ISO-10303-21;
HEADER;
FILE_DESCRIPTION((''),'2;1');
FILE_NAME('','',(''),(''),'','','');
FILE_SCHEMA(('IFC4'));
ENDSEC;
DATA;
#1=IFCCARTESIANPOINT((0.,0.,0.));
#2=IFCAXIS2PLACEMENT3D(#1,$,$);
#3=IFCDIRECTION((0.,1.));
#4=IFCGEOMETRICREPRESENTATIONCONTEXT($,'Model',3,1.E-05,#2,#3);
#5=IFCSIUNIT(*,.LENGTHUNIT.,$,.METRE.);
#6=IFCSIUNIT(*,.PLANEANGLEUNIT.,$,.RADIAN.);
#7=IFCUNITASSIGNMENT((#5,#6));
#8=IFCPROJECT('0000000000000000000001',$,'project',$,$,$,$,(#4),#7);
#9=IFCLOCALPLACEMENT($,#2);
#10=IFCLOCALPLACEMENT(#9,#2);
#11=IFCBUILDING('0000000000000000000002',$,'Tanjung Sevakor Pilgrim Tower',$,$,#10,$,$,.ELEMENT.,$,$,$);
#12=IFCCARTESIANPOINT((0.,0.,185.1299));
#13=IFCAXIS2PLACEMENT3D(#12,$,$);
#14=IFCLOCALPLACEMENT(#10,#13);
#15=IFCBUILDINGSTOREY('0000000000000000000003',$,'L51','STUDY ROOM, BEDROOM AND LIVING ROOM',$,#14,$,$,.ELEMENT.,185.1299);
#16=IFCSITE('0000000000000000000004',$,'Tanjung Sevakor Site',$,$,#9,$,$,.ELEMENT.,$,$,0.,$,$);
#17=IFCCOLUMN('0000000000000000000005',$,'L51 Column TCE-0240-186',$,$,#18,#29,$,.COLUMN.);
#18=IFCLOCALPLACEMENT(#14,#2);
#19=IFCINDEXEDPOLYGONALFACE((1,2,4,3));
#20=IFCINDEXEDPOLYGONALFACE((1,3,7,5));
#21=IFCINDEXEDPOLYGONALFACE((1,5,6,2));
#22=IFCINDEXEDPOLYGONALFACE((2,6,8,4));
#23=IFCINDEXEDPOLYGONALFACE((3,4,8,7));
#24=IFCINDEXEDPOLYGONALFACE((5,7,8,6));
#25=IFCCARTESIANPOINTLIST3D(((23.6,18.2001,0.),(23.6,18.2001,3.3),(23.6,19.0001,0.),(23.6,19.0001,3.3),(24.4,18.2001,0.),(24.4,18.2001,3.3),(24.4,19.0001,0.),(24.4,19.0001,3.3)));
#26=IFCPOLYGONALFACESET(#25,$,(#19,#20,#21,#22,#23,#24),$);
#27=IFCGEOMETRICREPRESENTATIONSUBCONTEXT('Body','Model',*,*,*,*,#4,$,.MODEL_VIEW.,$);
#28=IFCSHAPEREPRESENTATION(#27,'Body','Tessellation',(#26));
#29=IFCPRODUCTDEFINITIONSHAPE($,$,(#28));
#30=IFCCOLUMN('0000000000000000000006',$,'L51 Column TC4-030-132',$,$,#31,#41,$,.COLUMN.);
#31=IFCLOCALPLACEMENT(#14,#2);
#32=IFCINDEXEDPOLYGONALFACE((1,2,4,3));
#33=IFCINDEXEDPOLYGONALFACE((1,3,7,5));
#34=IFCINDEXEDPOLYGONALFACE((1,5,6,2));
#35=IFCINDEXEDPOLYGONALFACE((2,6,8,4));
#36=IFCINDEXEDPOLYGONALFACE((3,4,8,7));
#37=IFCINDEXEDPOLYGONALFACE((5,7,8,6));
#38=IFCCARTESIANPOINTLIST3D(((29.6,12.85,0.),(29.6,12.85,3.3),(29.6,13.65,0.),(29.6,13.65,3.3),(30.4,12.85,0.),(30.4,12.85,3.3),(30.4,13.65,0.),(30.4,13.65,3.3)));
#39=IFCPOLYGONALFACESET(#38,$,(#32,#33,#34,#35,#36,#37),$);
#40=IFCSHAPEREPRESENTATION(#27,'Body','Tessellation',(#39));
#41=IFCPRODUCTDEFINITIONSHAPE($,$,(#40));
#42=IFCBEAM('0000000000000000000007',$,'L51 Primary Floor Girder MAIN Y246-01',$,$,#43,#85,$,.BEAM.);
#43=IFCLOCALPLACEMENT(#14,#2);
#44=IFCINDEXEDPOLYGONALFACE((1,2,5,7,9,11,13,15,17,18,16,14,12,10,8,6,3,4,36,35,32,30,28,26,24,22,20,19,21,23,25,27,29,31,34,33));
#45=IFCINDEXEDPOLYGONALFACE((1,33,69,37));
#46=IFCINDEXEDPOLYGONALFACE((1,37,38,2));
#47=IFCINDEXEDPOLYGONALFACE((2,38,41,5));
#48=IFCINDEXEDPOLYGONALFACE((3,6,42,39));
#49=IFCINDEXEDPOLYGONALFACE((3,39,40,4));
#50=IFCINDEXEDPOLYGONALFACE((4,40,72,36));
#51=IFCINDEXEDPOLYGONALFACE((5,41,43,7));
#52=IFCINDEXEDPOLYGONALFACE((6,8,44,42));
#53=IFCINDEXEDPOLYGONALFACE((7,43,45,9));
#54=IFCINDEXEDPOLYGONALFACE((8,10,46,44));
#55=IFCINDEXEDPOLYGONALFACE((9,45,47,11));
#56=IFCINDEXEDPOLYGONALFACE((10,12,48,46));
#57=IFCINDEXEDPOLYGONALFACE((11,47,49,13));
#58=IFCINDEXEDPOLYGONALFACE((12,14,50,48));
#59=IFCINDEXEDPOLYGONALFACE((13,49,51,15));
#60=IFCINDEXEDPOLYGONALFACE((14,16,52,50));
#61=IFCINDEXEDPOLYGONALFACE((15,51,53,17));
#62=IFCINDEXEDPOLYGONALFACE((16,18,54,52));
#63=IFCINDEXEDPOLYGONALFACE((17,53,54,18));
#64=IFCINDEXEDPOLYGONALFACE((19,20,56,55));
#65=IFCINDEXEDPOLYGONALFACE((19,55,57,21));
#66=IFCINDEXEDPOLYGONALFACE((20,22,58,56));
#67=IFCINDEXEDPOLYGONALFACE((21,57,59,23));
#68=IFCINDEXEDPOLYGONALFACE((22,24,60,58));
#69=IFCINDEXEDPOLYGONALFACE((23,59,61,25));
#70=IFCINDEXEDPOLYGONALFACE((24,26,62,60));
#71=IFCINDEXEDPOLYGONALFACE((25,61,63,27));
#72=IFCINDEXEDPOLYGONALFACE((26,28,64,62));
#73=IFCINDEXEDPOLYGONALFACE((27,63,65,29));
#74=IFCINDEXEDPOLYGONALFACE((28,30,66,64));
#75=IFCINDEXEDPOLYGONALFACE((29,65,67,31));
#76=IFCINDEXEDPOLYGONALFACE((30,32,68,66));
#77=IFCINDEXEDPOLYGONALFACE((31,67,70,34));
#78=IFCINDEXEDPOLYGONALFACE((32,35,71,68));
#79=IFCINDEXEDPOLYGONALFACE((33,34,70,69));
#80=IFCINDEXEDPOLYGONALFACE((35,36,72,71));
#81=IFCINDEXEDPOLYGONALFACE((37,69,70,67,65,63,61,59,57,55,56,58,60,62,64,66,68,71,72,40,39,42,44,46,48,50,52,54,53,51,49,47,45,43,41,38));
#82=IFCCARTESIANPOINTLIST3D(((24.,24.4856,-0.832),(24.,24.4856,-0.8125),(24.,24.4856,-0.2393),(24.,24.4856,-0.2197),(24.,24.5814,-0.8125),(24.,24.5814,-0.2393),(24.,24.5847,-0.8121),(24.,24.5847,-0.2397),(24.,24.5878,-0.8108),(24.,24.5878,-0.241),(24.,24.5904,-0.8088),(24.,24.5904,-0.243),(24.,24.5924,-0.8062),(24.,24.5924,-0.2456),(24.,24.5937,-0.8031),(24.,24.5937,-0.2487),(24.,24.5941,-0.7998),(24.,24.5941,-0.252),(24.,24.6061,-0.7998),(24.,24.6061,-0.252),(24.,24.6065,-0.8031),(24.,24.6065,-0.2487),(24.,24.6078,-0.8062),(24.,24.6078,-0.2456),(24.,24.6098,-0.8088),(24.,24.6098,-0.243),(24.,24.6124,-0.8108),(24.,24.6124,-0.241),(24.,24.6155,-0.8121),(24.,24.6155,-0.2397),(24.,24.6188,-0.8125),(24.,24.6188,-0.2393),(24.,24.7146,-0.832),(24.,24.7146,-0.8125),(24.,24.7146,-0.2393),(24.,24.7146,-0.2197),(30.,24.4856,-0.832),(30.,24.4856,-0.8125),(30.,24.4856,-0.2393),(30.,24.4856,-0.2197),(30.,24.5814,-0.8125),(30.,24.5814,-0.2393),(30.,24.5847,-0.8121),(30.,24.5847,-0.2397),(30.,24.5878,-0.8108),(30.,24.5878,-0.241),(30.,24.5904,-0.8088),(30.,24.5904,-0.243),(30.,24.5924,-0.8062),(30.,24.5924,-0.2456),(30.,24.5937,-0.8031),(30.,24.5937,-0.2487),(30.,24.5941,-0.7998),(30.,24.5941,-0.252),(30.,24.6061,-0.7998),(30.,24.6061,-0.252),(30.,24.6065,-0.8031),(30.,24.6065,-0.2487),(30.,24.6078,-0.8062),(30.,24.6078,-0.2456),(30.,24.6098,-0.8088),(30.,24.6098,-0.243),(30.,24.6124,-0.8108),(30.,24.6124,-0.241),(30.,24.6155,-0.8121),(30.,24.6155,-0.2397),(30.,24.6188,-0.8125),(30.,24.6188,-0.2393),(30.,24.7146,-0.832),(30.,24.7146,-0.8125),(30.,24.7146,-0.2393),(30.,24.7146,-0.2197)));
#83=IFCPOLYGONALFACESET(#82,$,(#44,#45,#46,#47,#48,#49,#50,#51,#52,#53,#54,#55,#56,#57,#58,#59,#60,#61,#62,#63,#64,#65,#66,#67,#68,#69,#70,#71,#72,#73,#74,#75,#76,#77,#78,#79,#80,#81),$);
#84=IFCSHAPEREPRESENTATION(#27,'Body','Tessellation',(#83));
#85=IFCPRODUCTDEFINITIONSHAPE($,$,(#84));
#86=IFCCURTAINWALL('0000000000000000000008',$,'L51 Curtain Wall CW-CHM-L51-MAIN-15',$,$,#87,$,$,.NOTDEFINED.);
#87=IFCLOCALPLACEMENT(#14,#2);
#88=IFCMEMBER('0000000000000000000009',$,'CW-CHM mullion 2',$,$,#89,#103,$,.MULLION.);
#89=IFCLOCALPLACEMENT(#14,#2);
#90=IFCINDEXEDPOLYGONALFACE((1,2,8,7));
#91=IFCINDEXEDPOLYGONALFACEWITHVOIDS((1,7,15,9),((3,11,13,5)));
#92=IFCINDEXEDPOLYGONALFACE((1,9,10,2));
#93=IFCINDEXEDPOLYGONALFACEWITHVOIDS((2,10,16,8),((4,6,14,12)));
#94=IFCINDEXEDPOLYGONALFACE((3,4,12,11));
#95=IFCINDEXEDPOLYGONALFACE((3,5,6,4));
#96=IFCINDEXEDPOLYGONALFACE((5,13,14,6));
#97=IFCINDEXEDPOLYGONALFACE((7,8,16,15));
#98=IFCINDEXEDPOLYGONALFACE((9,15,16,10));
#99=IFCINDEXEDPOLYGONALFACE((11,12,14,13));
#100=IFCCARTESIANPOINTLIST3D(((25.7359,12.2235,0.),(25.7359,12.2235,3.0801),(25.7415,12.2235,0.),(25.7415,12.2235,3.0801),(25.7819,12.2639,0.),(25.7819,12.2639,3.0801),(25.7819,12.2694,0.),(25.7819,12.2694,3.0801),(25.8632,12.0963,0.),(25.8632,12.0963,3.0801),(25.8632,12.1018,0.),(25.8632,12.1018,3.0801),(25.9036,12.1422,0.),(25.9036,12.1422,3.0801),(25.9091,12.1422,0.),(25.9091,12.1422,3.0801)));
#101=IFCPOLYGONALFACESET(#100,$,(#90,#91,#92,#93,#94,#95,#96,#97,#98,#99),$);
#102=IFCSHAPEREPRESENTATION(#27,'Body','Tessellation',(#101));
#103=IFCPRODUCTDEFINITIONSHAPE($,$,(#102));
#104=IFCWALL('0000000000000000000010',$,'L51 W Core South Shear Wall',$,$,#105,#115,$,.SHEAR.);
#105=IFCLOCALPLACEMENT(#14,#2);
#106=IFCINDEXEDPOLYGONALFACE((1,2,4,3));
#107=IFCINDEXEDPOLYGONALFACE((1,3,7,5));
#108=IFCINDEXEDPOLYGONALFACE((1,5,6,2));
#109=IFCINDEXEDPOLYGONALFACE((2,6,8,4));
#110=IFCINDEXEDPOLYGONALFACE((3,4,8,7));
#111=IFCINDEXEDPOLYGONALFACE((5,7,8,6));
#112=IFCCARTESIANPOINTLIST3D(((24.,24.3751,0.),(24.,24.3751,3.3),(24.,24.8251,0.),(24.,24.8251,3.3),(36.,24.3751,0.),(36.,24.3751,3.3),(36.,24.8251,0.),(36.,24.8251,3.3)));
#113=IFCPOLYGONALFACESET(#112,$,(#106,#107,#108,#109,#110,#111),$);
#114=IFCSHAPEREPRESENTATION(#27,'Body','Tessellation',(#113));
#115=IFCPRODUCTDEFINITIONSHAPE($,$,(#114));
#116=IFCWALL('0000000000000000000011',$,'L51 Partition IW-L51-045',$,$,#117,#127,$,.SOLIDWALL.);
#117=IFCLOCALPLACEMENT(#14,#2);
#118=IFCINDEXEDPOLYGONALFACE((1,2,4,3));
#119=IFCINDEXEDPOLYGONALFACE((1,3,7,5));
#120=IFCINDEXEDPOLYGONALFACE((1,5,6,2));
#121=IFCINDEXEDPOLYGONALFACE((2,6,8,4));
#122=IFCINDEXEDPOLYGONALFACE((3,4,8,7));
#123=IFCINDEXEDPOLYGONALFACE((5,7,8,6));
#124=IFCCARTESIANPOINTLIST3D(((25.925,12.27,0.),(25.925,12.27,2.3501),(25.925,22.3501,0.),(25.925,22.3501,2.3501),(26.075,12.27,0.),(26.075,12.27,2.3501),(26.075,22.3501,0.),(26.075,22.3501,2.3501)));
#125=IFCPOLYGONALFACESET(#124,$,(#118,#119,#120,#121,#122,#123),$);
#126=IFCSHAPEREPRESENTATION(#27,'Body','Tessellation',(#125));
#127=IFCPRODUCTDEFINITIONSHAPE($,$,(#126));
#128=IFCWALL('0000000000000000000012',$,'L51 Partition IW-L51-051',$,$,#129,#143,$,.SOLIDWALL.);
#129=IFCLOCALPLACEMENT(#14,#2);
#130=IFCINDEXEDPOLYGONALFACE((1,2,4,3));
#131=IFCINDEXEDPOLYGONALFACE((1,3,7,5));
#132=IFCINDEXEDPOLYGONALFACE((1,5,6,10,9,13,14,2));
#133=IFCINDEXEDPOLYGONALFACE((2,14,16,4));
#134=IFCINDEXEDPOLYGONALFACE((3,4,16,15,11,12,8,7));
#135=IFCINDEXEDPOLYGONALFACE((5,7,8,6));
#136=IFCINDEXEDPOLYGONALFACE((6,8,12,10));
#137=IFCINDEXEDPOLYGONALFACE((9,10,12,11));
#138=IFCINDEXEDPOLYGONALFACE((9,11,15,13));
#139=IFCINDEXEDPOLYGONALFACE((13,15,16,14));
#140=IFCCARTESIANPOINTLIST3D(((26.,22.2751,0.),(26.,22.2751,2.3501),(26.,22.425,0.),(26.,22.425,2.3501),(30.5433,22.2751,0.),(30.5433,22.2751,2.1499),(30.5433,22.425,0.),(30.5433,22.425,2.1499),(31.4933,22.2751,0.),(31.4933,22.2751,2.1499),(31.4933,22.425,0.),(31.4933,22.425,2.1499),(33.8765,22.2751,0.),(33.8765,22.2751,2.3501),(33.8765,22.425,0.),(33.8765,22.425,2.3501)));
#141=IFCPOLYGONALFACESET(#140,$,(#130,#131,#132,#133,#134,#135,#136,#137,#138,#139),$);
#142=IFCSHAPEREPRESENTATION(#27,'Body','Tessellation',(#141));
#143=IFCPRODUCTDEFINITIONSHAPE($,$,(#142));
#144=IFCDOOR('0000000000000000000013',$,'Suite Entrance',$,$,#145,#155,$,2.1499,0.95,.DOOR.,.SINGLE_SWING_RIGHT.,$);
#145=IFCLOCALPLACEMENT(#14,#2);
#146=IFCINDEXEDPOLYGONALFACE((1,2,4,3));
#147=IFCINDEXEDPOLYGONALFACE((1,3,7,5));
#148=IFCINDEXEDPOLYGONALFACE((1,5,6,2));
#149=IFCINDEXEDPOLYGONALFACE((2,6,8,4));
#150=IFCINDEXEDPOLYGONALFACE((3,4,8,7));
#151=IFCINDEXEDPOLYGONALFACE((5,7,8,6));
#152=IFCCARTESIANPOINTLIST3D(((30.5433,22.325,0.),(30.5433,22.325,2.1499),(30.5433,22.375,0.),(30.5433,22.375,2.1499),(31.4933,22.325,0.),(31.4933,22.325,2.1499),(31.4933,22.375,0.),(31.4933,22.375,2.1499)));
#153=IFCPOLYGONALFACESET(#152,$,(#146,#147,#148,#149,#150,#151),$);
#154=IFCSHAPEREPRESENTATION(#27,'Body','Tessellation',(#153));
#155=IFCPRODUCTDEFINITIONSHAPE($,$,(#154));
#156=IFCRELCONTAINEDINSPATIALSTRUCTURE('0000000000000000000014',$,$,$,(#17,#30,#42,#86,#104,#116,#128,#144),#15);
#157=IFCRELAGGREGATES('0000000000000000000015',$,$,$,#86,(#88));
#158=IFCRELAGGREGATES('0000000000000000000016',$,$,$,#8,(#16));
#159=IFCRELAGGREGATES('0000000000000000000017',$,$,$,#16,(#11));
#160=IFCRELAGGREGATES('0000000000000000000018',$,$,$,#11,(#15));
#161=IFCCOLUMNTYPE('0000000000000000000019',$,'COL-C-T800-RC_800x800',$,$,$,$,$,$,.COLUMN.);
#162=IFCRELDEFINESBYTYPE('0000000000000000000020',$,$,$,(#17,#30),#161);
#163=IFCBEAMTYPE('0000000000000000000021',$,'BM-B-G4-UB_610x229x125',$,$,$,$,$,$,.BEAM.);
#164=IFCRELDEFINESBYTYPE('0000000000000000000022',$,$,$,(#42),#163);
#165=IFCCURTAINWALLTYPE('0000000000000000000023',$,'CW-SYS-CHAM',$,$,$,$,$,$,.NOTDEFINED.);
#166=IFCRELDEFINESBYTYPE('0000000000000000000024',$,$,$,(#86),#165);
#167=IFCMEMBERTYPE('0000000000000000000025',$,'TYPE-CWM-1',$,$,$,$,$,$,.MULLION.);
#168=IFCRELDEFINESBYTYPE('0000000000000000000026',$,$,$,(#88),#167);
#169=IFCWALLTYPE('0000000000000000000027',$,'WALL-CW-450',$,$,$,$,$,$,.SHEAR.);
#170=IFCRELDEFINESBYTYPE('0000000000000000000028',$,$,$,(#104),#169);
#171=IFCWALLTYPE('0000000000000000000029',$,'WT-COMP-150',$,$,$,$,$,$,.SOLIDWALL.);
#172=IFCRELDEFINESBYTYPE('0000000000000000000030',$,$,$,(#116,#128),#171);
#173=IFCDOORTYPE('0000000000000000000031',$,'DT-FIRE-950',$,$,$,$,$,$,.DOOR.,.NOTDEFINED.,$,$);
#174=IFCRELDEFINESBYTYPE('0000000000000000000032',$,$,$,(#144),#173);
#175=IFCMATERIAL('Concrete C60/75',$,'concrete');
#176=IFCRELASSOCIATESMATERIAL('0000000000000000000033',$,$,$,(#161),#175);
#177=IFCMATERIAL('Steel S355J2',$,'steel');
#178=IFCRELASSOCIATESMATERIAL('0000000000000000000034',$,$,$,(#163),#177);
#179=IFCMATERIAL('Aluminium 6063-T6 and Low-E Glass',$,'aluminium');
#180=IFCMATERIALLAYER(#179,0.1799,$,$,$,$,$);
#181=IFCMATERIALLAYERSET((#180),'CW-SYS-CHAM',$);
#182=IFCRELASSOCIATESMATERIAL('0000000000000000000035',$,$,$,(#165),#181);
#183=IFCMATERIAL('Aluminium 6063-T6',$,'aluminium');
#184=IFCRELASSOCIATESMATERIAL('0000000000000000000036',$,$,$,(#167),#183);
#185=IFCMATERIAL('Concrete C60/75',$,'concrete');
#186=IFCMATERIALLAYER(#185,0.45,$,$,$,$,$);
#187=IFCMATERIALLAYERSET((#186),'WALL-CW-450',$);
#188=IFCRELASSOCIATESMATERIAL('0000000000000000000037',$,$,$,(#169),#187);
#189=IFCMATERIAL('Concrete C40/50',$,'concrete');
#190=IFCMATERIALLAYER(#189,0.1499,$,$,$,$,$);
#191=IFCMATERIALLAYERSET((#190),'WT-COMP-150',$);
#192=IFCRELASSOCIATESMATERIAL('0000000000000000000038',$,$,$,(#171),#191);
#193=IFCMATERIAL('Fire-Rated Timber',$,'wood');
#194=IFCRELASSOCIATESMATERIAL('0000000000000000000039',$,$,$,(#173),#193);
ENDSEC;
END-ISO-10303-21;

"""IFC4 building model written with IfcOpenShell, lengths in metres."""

from ifc_helpers import new_model, si_unit, direction, frame, frame_2d, origin, origin_2d, place, context, subcontext, project, spatial, rectangle, hollow_rectangle, i_section, extrude, material, layer, layer_set, material_profile, profile_set, type_object, element, fill, aggregate, save


model = new_model("IFC4")

# Units and contexts
model_context = context("Model", 3, precision=1e-05, world=origin(), true_north=direction((0.0, 1.0)))
body_context = subcontext(model_context, "Body", "Model", "MODEL_VIEW")
ifc_project = project(units=[si_unit("LENGTHUNIT", "METRE"), si_unit("PLANEANGLEUNIT", "RADIAN")], contexts=[model_context])

# Site, building, storey
site_placement = place(None, origin())
site = spatial("IfcSite", under=ifc_project, at=site_placement, Name="Tanjung Sevakor Site", CompositionType="ELEMENT", RefElevation=0.0)
building_placement = place(site_placement, origin())
building = spatial("IfcBuilding", under=site, at=building_placement, Name="Tanjung Sevakor Pilgrim Tower", CompositionType="ELEMENT")
storey_placement = place(building_placement, frame((0.0, 0.0, 185.1299)))
storey = spatial("IfcBuildingStorey", under=building, at=storey_placement, Name="L51", Description="STUDY ROOM, BEDROOM AND LIVING ROOM", CompositionType="ELEMENT", Elevation=185.1299)

# Columns
ifc_material_1 = material(Name="Concrete C60/75", Category="concrete")
ifc_material_profile_1 = material_profile(ifc_material_1, rectangle(XDim=0.8, YDim=0.8, at=origin_2d()))
ifc_profile_set_1 = profile_set([ifc_material_profile_1], Name="Concrete C60/75")
column_type = type_object("IfcColumnType", Name="COL-C-T800-RC_800x800", PredefinedType="COLUMN", material=ifc_profile_set_1)
for number, where, z_axis, x_axis, name in (
    (1, (24.0, 18.6001, 0.0), (0.0, 0.0, 1.0), (1.0, 0.0, 0.0), "L51 Column TCE-0240-186"),
    (2, (30.0, 13.25, 0.0), (0.0, 0.0, 1.0), (1.0, 0.0, 0.0), "L51 Column TC4-030-132"),
):
    element("IfcColumn", number, at=place(storey_placement, frame(where, z_axis=z_axis, x_axis=x_axis)), inside=storey, type_object=column_type, Name=name, PredefinedType="COLUMN", context=body_context, shape_type="SweptSolid", body=[
        extrude(rectangle(XDim=0.8, YDim=0.8, at=origin_2d()), origin(), (0.0, 0.0, 1.0), 3.3),
    ])

# Beam
ifc_material_2 = material(Name="Steel S355J2", Category="steel")
ifc_material_profile_2 = material_profile(ifc_material_2, i_section(OverallWidth=0.229, OverallDepth=0.6123, WebThickness=0.012, FlangeThickness=0.0195, FilletRadius=0.0127, at=origin_2d()))
ifc_profile_set_2 = profile_set([ifc_material_profile_2], Name="Steel S355J2")
beam_type = type_object("IfcBeamType", Name="BM-B-G4-UB_610x229x125", PredefinedType="BEAM", material=ifc_profile_set_2)
beam_placement = place(storey_placement, frame((24.0, 24.6001, -0.5259), z_axis=(1.0, 0.0, 0.0), x_axis=(0.0, 1.0, 0.0)))
element("IfcBeam", 3, at=beam_placement, inside=storey, type_object=beam_type, Name="L51 Primary Floor Girder MAIN Y246-01", PredefinedType="BEAM", context=body_context, shape_type="SweptSolid", body=[
    extrude(i_section(OverallWidth=0.229, OverallDepth=0.6123, WebThickness=0.012, FlangeThickness=0.0195, FilletRadius=0.0127, at=origin_2d()), origin(), (0.0, 0.0, 1.0), 6.0),
])

# Curtain wall, member
ifc_material_3 = material(Name="Aluminium 6063-T6 and Low-E Glass", Category="aluminium")
ifc_layer_1 = layer(ifc_material_3, 0.1799)
ifc_layer_set_1 = layer_set([ifc_layer_1], Name="CW-SYS-CHAM")
curtain_wall_type = type_object("IfcCurtainWallType", Name="CW-SYS-CHAM", PredefinedType="NOTDEFINED", material=ifc_layer_set_1)
curtain_wall_placement = place(storey_placement, origin())
curtain_wall = element("IfcCurtainWall", 4, at=curtain_wall_placement, inside=storey, type_object=curtain_wall_type, Name="L51 Curtain Wall CW-CHM-L51-MAIN-15", PredefinedType="NOTDEFINED")
ifc_material_4 = material(Name="Aluminium 6063-T6", Category="aluminium")
ifc_material_profile_3 = material_profile(ifc_material_4, hollow_rectangle(XDim=0.0649, YDim=0.1799, WallThickness=0.0039, at=origin_2d()))
ifc_profile_set_3 = profile_set([ifc_material_profile_3], Name="Aluminium 6063-T6")
member_type = type_object("IfcMemberType", Name="TYPE-CWM-1", PredefinedType="MULLION", material=ifc_profile_set_3)
member_placement = place(storey_placement, frame((25.8225, 12.1829, 0.0), z_axis=(0.0, 0.0, 1.0), x_axis=(0.707107, 0.707107, 0.0)))
member = element("IfcMember", 5, at=member_placement, type_object=member_type, Name="CW-CHM mullion 2", PredefinedType="MULLION", context=body_context, shape_type="SweptSolid", body=[
    extrude(hollow_rectangle(XDim=0.0649, YDim=0.1799, WallThickness=0.0039, at=origin_2d()), origin(), (0.0, 0.0, 1.0), 3.0801),
])
aggregate(curtain_wall, [member])

# Walls
ifc_material_5 = material(Name="Concrete C60/75", Category="concrete")
ifc_layer_2 = layer(ifc_material_5, 0.45)
ifc_layer_set_2 = layer_set([ifc_layer_2], Name="WALL-CW-450")
wall_type_1 = type_object("IfcWallType", Name="WALL-CW-450", PredefinedType="SHEAR", material=ifc_layer_set_2)
wall_1_placement = place(storey_placement, frame((24.0, 24.6001, 0.0), z_axis=(0.0, 0.0, 1.0), x_axis=(1.0, 0.0, 0.0)))
element("IfcWall", 6, at=wall_1_placement, inside=storey, type_object=wall_type_1, Name="L51 W Core South Shear Wall", PredefinedType="SHEAR", context=body_context, shape_type="SweptSolid", body=[
    extrude(rectangle(XDim=12.0, YDim=0.45, at=frame_2d((6.0, 0.0))), origin(), (0.0, 0.0, 1.0), 3.3),
])
ifc_material_6 = material(Name="Concrete C40/50", Category="concrete")
ifc_layer_3 = layer(ifc_material_6, 0.1499)
ifc_layer_set_3 = layer_set([ifc_layer_3], Name="WT-COMP-150")
wall_type_2 = type_object("IfcWallType", Name="WT-COMP-150", PredefinedType="SOLIDWALL", material=ifc_layer_set_3)
wall_2_placement = place(storey_placement, frame((26.0, 12.27, 0.0), z_axis=(0.0, 0.0, 1.0), x_axis=(0.0, 1.0, 0.0)))
element("IfcWall", 7, at=wall_2_placement, inside=storey, type_object=wall_type_2, Name="L51 Partition IW-L51-045", PredefinedType="SOLIDWALL", context=body_context, shape_type="SweptSolid", body=[
    extrude(rectangle(XDim=10.0801, YDim=0.1499, at=frame_2d((5.04, 0.0))), origin(), (0.0, 0.0, 1.0), 2.3501),
])

# Wall, opening, door
wall_3_placement = place(storey_placement, frame((26.0, 22.3501, 0.0), z_axis=(0.0, 0.0, 1.0), x_axis=(1.0, 0.0, 0.0)))
wall_3 = element("IfcWall", 8, at=wall_3_placement, inside=storey, type_object=wall_type_2, Name="L51 Partition IW-L51-051", PredefinedType="SOLIDWALL", context=body_context, shape_type="SweptSolid", body=[
    extrude(rectangle(XDim=7.8765, YDim=0.1499, at=frame_2d((3.9382, 0.0))), origin(), (0.0, 0.0, 1.0), 2.3501),
])
opening_1_placement = place(wall_3_placement, frame((4.5432, 0.0, 0.0)))
opening_1 = element("IfcOpeningElement", 9, at=opening_1_placement, cuts=wall_3, PredefinedType="OPENING", context=body_context, shape_type="SweptSolid", body=[
    extrude(rectangle(XDim=0.95, YDim=2.1499, at=frame_2d((0.4751, 1.075))), frame((0.0, 0.085, 0.0), z_axis=(0.0, -1.0, 0.0), x_axis=(1.0, 0.0, 0.0)), (0.0, 0.0, 1.0), 0.1699),
])
ifc_material_7 = material(Name="Fire-Rated Timber", Category="wood")
door_type_1 = type_object("IfcDoorType", Name="DT-FIRE-950", OperationType="NOTDEFINED", PredefinedType="DOOR", material=ifc_material_7)
door_1_placement = place(opening_1_placement, origin())
door_1 = element("IfcDoor", 10, at=door_1_placement, inside=storey, type_object=door_type_1, Name="Suite Entrance", OperationType="SINGLE_SWING_RIGHT", OverallHeight=2.1499, OverallWidth=0.95, PredefinedType="DOOR", context=body_context, shape_type="SweptSolid", body=[
    extrude(rectangle(XDim=0.95, YDim=2.1499, at=frame_2d((0.4751, 1.075))), frame((0.0, 0.0249, 0.0), z_axis=(0.0, -1.0, 0.0), x_axis=(1.0, 0.0, 0.0)), (0.0, 0.0, 1.0), 0.05),
])
fill(opening_1, door_1)

save(model, "model.ifc")
